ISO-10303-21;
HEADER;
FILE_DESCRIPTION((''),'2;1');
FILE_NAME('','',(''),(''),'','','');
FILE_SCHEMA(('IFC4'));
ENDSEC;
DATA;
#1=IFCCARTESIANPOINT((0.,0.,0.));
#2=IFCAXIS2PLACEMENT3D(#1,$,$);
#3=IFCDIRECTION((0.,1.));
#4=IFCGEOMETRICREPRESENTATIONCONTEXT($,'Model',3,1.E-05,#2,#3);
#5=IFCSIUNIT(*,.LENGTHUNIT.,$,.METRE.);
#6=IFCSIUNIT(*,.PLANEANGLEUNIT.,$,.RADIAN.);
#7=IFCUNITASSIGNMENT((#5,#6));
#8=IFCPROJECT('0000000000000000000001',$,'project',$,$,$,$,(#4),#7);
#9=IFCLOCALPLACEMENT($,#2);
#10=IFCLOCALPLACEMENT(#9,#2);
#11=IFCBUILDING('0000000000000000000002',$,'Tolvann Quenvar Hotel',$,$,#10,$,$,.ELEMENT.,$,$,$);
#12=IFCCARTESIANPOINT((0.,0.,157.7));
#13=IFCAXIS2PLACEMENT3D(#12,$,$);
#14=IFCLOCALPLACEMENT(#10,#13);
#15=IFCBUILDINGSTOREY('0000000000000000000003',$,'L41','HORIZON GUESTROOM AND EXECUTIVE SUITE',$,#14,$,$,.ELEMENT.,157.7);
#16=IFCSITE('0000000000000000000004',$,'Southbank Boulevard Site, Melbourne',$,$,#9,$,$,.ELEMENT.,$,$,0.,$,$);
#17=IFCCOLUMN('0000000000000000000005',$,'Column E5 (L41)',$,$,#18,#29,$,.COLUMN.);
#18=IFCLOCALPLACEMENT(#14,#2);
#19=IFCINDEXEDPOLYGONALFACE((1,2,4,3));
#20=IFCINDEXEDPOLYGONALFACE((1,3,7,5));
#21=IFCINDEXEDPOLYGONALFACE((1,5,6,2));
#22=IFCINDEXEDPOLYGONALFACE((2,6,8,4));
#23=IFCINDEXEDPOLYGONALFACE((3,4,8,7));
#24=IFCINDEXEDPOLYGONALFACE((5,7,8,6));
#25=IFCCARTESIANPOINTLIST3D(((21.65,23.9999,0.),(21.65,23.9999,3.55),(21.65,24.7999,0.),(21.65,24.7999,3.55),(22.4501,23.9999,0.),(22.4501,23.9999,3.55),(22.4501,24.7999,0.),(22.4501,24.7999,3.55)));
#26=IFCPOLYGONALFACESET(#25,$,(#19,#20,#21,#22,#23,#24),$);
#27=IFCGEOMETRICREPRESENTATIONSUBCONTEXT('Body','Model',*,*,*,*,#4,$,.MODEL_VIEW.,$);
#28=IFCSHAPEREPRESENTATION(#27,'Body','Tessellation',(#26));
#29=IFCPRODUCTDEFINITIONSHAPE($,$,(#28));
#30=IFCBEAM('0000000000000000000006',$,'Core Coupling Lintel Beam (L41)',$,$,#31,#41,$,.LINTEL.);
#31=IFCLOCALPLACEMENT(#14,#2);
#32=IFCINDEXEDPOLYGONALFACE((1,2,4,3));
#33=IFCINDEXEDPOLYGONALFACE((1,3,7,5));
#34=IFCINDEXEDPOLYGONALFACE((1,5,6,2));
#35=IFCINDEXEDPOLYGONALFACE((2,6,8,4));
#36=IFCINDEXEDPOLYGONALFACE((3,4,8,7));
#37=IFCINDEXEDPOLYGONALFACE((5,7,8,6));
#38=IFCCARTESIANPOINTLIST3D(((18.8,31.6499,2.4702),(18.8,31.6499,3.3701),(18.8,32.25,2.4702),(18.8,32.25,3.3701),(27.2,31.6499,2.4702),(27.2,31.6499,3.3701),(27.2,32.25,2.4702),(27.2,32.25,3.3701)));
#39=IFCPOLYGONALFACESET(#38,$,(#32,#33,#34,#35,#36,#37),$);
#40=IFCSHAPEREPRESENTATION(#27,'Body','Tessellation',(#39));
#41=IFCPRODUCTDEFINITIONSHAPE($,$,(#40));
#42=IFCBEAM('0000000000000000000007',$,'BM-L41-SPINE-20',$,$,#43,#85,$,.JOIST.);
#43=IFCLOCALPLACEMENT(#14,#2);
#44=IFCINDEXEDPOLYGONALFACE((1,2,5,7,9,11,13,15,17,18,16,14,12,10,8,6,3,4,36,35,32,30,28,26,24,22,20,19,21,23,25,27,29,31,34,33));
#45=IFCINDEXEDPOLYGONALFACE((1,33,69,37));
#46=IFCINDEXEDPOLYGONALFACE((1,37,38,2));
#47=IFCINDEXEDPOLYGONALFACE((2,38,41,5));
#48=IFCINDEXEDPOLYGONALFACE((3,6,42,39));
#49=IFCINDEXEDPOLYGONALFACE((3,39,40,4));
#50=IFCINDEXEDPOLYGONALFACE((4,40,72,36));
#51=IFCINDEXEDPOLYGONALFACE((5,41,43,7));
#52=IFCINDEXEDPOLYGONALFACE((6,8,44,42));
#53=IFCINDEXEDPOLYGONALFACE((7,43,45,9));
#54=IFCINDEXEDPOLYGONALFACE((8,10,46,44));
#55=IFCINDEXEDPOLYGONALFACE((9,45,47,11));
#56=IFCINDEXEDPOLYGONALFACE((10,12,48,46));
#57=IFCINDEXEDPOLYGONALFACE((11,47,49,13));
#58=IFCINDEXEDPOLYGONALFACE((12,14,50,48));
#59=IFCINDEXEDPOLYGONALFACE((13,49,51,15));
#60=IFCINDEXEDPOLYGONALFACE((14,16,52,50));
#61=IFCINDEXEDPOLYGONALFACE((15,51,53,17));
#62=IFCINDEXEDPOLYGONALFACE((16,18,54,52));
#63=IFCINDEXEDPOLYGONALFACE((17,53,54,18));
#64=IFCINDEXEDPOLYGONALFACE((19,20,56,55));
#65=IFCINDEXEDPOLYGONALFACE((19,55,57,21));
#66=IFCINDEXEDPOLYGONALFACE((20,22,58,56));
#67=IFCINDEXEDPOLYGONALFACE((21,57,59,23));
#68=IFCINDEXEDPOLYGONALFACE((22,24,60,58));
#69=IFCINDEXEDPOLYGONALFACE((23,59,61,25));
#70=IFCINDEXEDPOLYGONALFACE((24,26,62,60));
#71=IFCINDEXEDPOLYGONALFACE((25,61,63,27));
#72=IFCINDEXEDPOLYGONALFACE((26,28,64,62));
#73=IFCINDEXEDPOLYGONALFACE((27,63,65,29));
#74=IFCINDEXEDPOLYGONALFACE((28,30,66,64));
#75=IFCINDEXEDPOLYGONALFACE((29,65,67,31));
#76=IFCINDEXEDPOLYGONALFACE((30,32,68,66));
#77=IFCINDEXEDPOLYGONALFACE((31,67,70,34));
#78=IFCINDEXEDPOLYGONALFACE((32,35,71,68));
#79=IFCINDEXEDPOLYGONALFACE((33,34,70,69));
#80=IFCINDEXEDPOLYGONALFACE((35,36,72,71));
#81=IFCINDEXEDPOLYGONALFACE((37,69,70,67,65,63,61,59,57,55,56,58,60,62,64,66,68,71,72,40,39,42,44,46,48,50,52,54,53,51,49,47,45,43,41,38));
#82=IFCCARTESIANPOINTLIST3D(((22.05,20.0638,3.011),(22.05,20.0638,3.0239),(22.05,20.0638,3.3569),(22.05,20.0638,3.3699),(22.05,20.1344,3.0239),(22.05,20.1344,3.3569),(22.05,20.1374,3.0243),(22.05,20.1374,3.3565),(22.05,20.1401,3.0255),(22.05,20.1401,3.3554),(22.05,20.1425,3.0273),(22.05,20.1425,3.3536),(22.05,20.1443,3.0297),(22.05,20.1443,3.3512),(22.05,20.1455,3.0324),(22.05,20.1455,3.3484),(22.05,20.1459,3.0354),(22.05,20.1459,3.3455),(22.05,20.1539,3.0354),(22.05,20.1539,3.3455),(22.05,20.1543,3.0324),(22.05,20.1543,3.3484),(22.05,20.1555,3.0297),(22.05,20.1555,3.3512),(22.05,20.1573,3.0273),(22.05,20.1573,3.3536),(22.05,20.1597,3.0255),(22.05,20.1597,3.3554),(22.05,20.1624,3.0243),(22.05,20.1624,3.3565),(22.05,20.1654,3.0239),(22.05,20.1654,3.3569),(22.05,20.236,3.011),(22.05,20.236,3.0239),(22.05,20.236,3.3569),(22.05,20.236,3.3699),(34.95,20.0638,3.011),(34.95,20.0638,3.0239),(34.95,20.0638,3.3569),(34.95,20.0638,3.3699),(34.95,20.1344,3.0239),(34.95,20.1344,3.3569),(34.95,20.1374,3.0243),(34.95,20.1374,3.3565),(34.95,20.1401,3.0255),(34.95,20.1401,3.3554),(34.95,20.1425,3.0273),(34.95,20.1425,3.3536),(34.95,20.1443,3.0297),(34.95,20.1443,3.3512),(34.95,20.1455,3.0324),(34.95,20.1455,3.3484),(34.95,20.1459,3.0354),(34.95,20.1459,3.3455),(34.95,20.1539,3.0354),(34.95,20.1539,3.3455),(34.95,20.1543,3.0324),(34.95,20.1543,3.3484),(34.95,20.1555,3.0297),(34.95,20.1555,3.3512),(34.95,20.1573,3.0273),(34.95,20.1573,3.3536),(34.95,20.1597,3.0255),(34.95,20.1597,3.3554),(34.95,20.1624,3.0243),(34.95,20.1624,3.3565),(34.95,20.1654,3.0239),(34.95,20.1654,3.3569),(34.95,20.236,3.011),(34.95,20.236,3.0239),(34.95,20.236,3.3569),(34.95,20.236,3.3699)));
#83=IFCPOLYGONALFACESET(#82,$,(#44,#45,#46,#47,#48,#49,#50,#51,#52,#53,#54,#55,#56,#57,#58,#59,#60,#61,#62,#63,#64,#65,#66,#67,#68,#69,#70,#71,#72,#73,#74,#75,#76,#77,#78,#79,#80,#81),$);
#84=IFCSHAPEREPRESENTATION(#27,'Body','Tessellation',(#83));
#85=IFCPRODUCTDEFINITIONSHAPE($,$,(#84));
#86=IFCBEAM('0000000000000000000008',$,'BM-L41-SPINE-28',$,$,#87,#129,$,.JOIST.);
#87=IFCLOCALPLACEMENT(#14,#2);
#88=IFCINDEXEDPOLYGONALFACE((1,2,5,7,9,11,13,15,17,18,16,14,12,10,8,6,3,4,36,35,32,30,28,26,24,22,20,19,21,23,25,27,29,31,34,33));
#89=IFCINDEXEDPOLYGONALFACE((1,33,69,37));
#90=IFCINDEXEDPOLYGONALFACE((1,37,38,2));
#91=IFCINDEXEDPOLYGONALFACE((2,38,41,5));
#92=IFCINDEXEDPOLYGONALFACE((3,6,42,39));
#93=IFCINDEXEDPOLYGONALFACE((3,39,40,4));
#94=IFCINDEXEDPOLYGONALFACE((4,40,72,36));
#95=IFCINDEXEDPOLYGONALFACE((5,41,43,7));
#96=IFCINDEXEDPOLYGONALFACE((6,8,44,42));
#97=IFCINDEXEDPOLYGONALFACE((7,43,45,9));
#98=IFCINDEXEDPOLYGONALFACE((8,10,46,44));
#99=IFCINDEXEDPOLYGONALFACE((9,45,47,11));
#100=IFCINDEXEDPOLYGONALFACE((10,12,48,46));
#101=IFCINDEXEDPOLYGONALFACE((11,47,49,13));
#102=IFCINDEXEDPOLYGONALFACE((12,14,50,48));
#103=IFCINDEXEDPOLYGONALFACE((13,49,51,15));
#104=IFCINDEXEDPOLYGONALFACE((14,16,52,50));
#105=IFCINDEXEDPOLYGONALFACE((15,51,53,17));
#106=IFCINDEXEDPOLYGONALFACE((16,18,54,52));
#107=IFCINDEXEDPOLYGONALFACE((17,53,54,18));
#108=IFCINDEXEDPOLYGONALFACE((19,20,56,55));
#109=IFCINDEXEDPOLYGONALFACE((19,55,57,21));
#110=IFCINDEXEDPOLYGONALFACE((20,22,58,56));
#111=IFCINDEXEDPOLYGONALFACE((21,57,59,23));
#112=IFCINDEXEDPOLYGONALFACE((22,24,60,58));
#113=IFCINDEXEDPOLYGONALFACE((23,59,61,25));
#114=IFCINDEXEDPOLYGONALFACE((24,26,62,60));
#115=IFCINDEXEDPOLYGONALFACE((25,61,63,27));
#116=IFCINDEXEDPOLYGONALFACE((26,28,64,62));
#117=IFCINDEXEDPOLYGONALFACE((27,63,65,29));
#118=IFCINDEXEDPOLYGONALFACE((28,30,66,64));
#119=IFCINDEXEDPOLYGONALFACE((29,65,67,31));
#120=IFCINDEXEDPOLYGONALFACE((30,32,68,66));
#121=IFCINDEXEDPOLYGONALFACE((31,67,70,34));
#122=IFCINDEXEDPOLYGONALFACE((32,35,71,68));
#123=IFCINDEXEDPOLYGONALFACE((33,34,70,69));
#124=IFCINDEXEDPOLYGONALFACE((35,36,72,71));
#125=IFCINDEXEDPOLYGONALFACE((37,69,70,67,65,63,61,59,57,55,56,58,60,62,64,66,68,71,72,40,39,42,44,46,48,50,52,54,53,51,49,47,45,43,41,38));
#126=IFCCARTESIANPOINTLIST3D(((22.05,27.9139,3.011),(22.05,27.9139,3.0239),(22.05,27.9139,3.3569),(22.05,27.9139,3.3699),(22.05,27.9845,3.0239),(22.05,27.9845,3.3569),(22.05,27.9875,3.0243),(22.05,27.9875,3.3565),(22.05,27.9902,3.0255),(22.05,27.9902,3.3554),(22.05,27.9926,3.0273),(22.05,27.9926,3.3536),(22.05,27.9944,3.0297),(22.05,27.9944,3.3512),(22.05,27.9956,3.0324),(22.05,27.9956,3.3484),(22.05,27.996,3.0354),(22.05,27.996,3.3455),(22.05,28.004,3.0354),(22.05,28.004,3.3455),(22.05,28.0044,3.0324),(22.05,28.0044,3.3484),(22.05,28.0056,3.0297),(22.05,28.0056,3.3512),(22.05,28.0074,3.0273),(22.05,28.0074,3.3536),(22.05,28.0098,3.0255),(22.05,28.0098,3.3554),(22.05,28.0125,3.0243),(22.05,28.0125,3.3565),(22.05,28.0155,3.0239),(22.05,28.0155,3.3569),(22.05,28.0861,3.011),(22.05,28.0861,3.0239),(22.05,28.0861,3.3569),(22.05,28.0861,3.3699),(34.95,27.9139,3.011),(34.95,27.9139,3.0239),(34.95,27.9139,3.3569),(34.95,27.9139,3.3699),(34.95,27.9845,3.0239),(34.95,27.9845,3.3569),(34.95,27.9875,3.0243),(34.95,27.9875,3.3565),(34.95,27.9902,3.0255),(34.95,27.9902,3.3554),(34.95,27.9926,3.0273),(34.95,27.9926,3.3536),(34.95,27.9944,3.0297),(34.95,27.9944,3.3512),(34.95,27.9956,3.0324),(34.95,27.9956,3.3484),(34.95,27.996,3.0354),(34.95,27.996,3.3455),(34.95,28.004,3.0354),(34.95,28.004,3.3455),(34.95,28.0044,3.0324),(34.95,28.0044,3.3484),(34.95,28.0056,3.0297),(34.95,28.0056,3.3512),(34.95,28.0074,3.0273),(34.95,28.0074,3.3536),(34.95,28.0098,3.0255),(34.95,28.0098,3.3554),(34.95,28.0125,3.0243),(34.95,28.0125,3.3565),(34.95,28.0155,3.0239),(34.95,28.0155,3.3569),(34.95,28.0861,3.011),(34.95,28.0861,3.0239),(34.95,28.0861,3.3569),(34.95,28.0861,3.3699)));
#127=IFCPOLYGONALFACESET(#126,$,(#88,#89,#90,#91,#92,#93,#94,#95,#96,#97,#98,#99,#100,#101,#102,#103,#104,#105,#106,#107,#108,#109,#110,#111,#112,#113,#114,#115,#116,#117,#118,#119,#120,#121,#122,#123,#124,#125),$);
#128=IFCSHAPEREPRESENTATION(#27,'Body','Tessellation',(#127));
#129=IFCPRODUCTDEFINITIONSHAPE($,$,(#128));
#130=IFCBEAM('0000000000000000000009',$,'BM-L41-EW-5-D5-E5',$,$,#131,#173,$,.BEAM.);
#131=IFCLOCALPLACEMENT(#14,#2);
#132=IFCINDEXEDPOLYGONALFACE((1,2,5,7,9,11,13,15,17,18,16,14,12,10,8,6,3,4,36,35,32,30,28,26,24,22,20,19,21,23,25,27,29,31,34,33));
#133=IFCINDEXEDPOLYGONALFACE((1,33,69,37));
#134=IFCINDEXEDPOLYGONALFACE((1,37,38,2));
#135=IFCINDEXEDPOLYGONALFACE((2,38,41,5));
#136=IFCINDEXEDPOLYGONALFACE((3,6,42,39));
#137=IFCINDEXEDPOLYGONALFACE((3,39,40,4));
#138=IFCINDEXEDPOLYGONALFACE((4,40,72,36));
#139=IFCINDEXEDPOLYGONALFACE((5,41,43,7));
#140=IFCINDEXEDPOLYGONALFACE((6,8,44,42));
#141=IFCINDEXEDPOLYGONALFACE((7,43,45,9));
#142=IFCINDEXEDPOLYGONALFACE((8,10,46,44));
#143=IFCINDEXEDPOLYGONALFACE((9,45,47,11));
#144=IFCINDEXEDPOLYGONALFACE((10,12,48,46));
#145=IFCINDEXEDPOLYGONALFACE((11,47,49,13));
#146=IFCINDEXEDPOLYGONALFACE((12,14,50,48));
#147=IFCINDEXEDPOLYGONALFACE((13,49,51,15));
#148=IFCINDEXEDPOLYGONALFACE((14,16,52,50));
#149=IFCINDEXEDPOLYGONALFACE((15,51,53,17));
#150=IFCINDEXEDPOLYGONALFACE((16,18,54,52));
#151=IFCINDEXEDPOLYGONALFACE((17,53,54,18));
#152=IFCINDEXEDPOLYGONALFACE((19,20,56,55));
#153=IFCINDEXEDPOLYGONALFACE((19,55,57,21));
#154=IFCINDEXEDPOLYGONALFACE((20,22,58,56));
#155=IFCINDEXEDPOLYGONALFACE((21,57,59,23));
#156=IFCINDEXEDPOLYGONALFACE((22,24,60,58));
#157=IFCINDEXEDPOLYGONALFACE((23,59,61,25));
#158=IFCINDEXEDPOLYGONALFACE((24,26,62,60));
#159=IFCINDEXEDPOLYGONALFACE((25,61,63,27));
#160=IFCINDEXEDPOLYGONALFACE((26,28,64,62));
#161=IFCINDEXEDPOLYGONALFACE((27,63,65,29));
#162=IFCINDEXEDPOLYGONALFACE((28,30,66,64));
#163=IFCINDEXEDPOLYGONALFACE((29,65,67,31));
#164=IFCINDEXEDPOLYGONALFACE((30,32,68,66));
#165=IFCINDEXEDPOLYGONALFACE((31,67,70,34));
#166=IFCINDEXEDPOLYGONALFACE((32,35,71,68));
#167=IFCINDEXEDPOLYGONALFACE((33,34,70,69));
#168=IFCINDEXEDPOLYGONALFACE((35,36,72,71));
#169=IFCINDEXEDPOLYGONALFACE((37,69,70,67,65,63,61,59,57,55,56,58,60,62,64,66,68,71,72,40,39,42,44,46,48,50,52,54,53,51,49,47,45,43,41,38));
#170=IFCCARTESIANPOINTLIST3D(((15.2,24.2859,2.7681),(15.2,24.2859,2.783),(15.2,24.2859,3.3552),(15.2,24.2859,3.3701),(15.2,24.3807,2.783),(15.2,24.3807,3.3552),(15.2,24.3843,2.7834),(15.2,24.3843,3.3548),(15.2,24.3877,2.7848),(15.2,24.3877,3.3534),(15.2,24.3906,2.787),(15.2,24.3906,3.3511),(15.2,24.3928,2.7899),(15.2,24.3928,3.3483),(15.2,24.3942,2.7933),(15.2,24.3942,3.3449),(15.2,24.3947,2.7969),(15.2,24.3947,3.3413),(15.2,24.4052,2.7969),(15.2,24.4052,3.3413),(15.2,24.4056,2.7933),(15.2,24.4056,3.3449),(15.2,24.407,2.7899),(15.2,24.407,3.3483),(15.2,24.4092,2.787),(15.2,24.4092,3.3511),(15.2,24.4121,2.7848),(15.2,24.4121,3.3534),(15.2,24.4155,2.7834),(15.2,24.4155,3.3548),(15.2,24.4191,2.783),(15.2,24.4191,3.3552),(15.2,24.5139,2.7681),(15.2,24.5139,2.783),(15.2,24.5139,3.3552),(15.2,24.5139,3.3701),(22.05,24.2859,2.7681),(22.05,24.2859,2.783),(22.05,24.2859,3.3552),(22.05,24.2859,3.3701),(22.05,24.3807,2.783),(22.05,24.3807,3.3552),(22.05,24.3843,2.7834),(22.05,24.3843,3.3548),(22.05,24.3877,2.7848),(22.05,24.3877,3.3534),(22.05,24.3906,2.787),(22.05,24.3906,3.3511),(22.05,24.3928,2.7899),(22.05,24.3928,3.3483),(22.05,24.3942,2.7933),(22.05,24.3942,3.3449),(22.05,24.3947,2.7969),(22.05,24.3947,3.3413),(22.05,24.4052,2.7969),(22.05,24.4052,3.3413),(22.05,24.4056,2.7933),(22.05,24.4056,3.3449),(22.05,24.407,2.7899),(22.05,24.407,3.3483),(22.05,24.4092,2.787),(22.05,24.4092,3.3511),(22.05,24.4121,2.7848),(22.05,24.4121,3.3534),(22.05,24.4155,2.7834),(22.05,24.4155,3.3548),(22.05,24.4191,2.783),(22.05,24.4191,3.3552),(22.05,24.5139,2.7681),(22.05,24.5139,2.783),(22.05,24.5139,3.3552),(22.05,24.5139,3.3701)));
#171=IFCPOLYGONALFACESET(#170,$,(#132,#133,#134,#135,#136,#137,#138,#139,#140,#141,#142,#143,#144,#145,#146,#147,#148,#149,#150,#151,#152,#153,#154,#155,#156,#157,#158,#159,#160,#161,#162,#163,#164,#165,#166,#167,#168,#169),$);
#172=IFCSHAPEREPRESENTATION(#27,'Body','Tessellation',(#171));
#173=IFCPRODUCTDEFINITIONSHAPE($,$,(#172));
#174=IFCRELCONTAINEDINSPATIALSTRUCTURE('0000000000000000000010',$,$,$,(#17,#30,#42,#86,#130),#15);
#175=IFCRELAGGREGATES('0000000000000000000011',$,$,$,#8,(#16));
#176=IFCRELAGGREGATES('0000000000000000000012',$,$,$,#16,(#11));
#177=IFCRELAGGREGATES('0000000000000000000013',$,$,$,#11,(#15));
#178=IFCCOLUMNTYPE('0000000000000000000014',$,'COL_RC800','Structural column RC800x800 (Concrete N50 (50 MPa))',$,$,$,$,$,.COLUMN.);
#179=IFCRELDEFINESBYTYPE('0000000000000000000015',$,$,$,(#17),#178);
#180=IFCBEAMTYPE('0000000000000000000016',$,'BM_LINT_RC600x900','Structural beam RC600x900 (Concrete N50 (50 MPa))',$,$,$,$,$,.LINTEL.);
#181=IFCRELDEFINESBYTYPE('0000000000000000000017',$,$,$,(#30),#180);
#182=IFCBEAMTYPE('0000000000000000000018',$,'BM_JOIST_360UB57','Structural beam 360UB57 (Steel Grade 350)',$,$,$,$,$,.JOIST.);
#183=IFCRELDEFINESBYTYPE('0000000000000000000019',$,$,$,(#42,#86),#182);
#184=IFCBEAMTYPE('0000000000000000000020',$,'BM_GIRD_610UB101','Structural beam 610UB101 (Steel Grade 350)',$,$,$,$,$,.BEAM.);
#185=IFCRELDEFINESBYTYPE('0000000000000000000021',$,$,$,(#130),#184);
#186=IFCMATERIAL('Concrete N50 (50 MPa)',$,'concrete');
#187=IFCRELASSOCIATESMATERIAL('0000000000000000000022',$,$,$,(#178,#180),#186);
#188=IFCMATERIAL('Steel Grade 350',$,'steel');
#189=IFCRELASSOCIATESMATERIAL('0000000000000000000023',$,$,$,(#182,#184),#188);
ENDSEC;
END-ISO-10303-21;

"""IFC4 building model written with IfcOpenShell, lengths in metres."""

from ifc_helpers import new_model, si_unit, direction, frame, origin, origin_2d, place, context, subcontext, project, spatial, rectangle, i_section, extrude, source, transform, mapped, material, material_profile, profile_set, type_object, type_shapes, element, save


model = new_model("IFC4")

# Units and contexts
model_context = context("Model", 3, precision=1e-05, world=origin(), true_north=direction((0.0, 1.0)))
body_context = subcontext(model_context, "Body", "Model", "MODEL_VIEW")
ifc_project = project(units=[si_unit("LENGTHUNIT", "METRE"), si_unit("PLANEANGLEUNIT", "RADIAN")], contexts=[model_context])

# Site, building, storey
site_placement = place(None, origin())
site = spatial("IfcSite", under=ifc_project, at=site_placement, Name="Southbank Boulevard Site, Melbourne", CompositionType="ELEMENT", RefElevation=0.0)
building_placement = place(site_placement, origin())
building = spatial("IfcBuilding", under=site, at=building_placement, Name="Tolvann Quenvar Hotel", CompositionType="ELEMENT")
storey_placement = place(building_placement, frame((0.0, 0.0, 157.7)))
storey = spatial("IfcBuildingStorey", under=building, at=storey_placement, Name="L41", Description="HORIZON GUESTROOM AND EXECUTIVE SUITE", CompositionType="ELEMENT", Elevation=157.7)

# Column
ifc_material_1 = material(Name="Concrete N50 (50 MPa)", Category="concrete")
ifc_material_profile_1 = material_profile(ifc_material_1, rectangle(XDim=0.8, YDim=0.8, at=origin_2d()), Name="RC800x800")
ifc_profile_set_1 = profile_set([ifc_material_profile_1], Name="Concrete N50 (50 MPa)")
column_type = type_object("IfcColumnType", Name="COL_RC800", Description="Structural column RC800x800 (Concrete N50 (50 MPa))", PredefinedType="COLUMN", material=ifc_profile_set_1)
shared_shape_1 = source(origin(), body_context, "Body", "SweptSolid", [
    extrude(rectangle(XDim=0.8, YDim=0.8, at=origin_2d()), origin(), (0.0, 0.0, 1.0), 3.55),
])
type_shapes(column_type, [shared_shape_1])
column_placement = place(storey_placement, frame((22.05, 24.3999, 0.0), z_axis=(0.0, 0.0, 1.0), x_axis=(1.0, 0.0, 0.0)))
element("IfcColumn", 1, at=column_placement, inside=storey, type_object=column_type, Name="Column E5 (L41)", PredefinedType="COLUMN", context=body_context, shape_type="MappedRepresentation", body=[
    mapped(shared_shape_1, transform((0.0, 0.0, 0.0), x_axis=(1.0, 0.0, 0.0), y_axis=(0.0, 1.0, 0.0), z_axis=(0.0, 0.0, 1.0), scale=1.0)),
])

# Beams
ifc_material_profile_2 = material_profile(ifc_material_1, rectangle(XDim=0.6001, YDim=0.8999, at=origin_2d()), Name="RC600x900")
ifc_profile_set_2 = profile_set([ifc_material_profile_2], Name="Concrete N50 (50 MPa)")
beam_type_1 = type_object("IfcBeamType", Name="BM_LINT_RC600x900", Description="Structural beam RC600x900 (Concrete N50 (50 MPa))", PredefinedType="LINTEL", material=ifc_profile_set_2)
shared_shape_2 = source(origin(), body_context, "Body", "SweptSolid", [
    extrude(rectangle(XDim=0.6001, YDim=0.8999, at=origin_2d()), origin(), (0.0, 0.0, 1.0), 8.3999),
])
type_shapes(beam_type_1, [shared_shape_2])
beam_1_placement = place(storey_placement, frame((18.8, 31.95, 2.9202), z_axis=(1.0, 0.0, 0.0), x_axis=(0.0, 1.0, 0.0)))
element("IfcBeam", 2, at=beam_1_placement, inside=storey, type_object=beam_type_1, Name="Core Coupling Lintel Beam (L41)", PredefinedType="LINTEL", context=body_context, shape_type="MappedRepresentation", body=[
    mapped(shared_shape_2, transform((0.0, 0.0, 0.0), x_axis=(1.0, 0.0, 0.0), y_axis=(0.0, 1.0, 0.0), z_axis=(0.0, 0.0, 1.0), scale=1.0)),
])
ifc_material_2 = material(Name="Steel Grade 350", Category="steel")
ifc_material_profile_3 = material_profile(ifc_material_2, i_section(OverallWidth=0.1721, OverallDepth=0.3589, WebThickness=0.0081, FlangeThickness=0.0129, FilletRadius=0.0115, at=origin_2d()), Name="360UB57")
ifc_profile_set_3 = profile_set([ifc_material_profile_3], Name="Steel Grade 350")
beam_type_2 = type_object("IfcBeamType", Name="BM_JOIST_360UB57", Description="Structural beam 360UB57 (Steel Grade 350)", PredefinedType="JOIST", material=ifc_profile_set_3)
shared_shape_3 = source(origin(), body_context, "Body", "SweptSolid", [
    extrude(i_section(OverallWidth=0.1721, OverallDepth=0.3589, WebThickness=0.0081, FlangeThickness=0.0129, FilletRadius=0.0115, at=origin_2d()), origin(), (0.0, 0.0, 1.0), 12.8999),
])
type_shapes(beam_type_2, [shared_shape_3])
for number, where, z_axis, x_axis, name in (
    (3, (22.05, 20.1499, 3.1904), (1.0, 0.0, 0.0), (0.0, 1.0, 0.0), "BM-L41-SPINE-20"),
    (4, (22.05, 28.0, 3.1904), (1.0, 0.0, 0.0), (0.0, 1.0, 0.0), "BM-L41-SPINE-28"),
):
    element("IfcBeam", number, at=place(storey_placement, frame(where, z_axis=z_axis, x_axis=x_axis)), inside=storey, type_object=beam_type_2, Name=name, PredefinedType="JOIST", context=body_context, shape_type="MappedRepresentation", body=[
        mapped(shared_shape_3, transform((0.0, 0.0, 0.0), x_axis=(1.0, 0.0, 0.0), y_axis=(0.0, 1.0, 0.0), z_axis=(0.0, 0.0, 1.0), scale=1.0)),
    ])
ifc_material_profile_4 = material_profile(ifc_material_2, i_section(OverallWidth=0.228, OverallDepth=0.6021, WebThickness=0.0105, FlangeThickness=0.0149, FilletRadius=0.0139, at=origin_2d()), Name="610UB101")
ifc_profile_set_4 = profile_set([ifc_material_profile_4], Name="Steel Grade 350")
beam_type_3 = type_object("IfcBeamType", Name="BM_GIRD_610UB101", Description="Structural beam 610UB101 (Steel Grade 350)", PredefinedType="BEAM", material=ifc_profile_set_4)
shared_shape_4 = source(origin(), body_context, "Body", "SweptSolid", [
    extrude(i_section(OverallWidth=0.228, OverallDepth=0.6021, WebThickness=0.0105, FlangeThickness=0.0149, FilletRadius=0.0139, at=origin_2d()), origin(), (0.0, 0.0, 1.0), 6.8501),
])
beam_2_placement = place(storey_placement, frame((15.2, 24.3999, 3.0691), z_axis=(1.0, 0.0, 0.0), x_axis=(0.0, 1.0, 0.0)))
element("IfcBeam", 5, at=beam_2_placement, inside=storey, type_object=beam_type_3, Name="BM-L41-EW-5-D5-E5", PredefinedType="BEAM", context=body_context, shape_type="MappedRepresentation", body=[
    mapped(shared_shape_4, transform((0.0, 0.0, 0.0), x_axis=(1.0, 0.0, 0.0), y_axis=(0.0, 1.0, 0.0), z_axis=(0.0, 0.0, 1.0), scale=1.0)),
])

save(model, "model.ifc")
